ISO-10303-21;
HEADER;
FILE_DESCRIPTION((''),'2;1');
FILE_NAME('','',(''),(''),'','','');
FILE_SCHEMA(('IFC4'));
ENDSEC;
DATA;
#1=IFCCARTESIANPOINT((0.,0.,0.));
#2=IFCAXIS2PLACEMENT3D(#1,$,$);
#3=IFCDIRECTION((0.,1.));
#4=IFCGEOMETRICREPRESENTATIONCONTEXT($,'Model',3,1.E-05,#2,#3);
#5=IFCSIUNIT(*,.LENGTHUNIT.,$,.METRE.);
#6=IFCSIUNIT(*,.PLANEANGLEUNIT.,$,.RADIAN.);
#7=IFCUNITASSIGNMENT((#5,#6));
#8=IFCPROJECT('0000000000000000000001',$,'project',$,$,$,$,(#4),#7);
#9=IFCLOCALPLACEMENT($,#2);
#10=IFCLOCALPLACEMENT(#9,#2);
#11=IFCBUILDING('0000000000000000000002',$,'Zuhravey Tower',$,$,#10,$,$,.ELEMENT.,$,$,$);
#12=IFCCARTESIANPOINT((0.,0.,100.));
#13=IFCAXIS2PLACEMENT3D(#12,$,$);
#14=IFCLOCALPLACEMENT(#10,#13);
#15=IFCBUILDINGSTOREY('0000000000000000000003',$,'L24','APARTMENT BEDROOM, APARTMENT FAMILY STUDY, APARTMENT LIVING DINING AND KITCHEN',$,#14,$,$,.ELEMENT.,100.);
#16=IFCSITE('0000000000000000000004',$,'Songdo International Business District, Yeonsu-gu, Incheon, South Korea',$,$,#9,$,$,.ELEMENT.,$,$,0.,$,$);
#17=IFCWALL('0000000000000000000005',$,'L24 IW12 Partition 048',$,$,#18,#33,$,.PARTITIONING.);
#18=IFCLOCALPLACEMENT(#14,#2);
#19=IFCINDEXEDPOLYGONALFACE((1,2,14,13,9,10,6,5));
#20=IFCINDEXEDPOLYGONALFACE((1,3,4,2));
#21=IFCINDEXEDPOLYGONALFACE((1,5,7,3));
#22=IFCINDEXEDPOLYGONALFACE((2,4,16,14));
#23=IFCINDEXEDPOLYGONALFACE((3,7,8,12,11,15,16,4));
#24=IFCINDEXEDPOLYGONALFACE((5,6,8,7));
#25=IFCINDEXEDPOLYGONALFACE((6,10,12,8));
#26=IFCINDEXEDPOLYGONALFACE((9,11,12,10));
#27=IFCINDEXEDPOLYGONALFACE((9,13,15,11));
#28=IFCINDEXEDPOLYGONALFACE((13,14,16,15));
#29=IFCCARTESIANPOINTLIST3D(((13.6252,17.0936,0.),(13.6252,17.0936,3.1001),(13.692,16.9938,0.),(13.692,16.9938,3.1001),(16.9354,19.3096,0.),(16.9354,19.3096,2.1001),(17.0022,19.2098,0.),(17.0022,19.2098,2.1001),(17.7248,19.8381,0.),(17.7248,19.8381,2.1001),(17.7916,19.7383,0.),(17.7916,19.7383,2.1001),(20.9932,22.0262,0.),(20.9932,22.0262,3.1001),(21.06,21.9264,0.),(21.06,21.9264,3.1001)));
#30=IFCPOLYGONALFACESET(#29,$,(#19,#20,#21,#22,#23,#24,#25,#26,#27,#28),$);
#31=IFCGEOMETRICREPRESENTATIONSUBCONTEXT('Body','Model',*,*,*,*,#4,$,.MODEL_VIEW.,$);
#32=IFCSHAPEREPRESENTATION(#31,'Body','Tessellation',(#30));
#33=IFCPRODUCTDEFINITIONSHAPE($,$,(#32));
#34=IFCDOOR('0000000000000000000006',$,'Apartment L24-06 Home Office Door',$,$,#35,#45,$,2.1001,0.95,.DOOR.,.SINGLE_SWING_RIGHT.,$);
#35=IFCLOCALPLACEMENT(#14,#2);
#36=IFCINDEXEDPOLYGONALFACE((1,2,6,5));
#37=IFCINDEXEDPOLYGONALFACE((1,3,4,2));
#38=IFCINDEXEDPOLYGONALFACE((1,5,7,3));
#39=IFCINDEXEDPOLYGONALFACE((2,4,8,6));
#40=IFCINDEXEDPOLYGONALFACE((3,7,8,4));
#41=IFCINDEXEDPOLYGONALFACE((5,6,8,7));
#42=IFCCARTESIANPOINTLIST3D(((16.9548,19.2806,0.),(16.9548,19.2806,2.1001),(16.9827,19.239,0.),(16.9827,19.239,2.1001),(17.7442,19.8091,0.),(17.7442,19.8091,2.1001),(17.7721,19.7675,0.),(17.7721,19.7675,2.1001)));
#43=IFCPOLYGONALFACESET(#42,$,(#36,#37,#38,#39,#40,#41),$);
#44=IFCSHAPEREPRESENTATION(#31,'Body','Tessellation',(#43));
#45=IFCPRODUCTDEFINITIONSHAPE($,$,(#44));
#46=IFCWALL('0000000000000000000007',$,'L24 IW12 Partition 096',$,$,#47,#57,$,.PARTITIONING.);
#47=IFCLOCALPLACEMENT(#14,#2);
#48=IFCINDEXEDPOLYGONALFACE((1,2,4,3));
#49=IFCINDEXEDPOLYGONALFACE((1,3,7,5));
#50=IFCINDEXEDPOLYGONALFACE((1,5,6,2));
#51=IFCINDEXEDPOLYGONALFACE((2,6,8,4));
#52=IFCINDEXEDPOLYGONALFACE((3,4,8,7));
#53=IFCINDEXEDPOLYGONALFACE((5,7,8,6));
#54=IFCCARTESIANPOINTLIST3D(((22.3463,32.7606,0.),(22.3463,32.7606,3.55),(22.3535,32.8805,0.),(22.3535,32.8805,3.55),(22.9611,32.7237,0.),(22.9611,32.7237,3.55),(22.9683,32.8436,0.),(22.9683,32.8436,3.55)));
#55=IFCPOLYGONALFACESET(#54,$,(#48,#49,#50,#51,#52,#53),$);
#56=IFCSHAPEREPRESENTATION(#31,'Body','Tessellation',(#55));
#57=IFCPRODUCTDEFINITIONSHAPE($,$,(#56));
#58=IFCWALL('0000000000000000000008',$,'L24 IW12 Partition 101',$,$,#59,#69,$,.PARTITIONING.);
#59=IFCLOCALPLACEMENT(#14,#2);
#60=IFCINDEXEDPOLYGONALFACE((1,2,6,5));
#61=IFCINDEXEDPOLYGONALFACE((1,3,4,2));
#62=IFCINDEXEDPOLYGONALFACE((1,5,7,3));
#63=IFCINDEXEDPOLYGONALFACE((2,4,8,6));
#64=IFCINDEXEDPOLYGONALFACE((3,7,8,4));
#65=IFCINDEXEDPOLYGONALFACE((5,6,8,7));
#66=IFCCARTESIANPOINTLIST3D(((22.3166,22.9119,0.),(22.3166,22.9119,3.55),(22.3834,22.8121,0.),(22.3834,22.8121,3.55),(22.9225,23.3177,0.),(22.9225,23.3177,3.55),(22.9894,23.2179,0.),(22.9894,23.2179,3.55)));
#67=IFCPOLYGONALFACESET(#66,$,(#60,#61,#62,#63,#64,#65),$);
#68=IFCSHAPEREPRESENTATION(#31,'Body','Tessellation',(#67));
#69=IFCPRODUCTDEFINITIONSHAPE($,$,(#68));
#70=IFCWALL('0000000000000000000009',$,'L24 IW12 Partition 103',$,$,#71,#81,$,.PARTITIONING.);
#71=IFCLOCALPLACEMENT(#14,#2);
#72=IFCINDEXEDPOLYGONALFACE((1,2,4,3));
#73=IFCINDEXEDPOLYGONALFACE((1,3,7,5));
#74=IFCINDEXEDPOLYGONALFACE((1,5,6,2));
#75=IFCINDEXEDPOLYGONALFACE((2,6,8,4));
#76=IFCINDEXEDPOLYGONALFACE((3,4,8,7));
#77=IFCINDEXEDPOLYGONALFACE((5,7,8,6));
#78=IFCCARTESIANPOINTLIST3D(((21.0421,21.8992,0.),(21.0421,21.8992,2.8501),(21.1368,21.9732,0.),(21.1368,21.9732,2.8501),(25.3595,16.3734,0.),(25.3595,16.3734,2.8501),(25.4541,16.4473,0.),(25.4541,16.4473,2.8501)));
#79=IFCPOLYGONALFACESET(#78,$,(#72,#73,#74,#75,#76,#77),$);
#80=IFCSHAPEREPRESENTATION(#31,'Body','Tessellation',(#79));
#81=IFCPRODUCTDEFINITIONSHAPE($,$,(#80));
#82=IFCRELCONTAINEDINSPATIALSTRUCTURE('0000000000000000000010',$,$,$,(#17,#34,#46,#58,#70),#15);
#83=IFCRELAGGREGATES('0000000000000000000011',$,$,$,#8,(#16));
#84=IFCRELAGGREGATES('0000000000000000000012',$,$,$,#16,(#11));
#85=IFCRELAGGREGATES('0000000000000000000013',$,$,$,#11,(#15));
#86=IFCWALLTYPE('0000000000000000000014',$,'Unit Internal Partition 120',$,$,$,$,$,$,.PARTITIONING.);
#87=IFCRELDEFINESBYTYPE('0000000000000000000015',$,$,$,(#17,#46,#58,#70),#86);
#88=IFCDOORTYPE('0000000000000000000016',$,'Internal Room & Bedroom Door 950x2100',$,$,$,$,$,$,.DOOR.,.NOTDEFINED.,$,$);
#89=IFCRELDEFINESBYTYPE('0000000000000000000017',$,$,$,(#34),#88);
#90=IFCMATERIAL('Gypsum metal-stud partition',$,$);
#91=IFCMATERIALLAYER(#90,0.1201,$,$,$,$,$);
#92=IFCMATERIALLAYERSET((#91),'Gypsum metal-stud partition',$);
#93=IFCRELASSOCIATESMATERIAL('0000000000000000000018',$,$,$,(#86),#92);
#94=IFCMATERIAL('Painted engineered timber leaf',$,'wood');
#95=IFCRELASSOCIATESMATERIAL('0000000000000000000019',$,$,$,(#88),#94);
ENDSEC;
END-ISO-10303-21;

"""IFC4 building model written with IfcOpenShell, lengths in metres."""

from ifc_helpers import new_model, si_unit, direction, frame, frame_2d, origin, place, context, subcontext, project, spatial, rectangle, extrude, material, layer, layer_set, type_object, element, fill, save


model = new_model("IFC4")

# Units and contexts
model_context = context("Model", 3, precision=1e-05, world=origin(), true_north=direction((0.0, 1.0)))
body_context = subcontext(model_context, "Body", "Model", "MODEL_VIEW")
ifc_project = project(units=[si_unit("LENGTHUNIT", "METRE"), si_unit("PLANEANGLEUNIT", "RADIAN")], contexts=[model_context])

# Site, building, storey
site_placement = place(None, origin())
site = spatial("IfcSite", under=ifc_project, at=site_placement, Name="Songdo International Business District, Yeonsu-gu, Incheon, South Korea", CompositionType="ELEMENT", RefElevation=0.0)
building_placement = place(site_placement, origin())
building = spatial("IfcBuilding", under=site, at=building_placement, Name="Zuhravey Tower", CompositionType="ELEMENT")
storey_placement = place(building_placement, frame((0.0, 0.0, 100.0)))
storey = spatial("IfcBuildingStorey", under=building, at=storey_placement, Name="L24", Description="APARTMENT BEDROOM, APARTMENT FAMILY STUDY, APARTMENT LIVING DINING AND KITCHEN", CompositionType="ELEMENT", Elevation=100.0)

# Wall, opening, door
ifc_material_1 = material(Name="Gypsum metal-stud partition")
ifc_layer_1 = layer(ifc_material_1, 0.1201)
ifc_layer_set_1 = layer_set([ifc_layer_1], Name="Gypsum metal-stud partition")
wall_type_1 = type_object("IfcWallType", Name="Unit Internal Partition 120", PredefinedType="PARTITIONING", material=ifc_layer_set_1)
wall_1_placement = place(storey_placement, frame((21.0266, 21.9763, 0.0), z_axis=(0.0, 0.0, 1.0), x_axis=(-0.830973, -0.556313, 0.0)))
wall_1 = element("IfcWall", 1, at=wall_1_placement, inside=storey, type_object=wall_type_1, Name="L24 IW12 Partition 048", PredefinedType="PARTITIONING", context=body_context, shape_type="SweptSolid", body=[
    extrude(rectangle(XDim=8.8667, YDim=0.1201, at=frame_2d((4.4333, 0.0))), origin(), (0.0, 0.0, 1.0), 3.1001),
])
opening_1_placement = place(wall_1_placement, frame((3.9331, 0.0, 0.0)))
opening_1 = element("IfcOpeningElement", 2, at=opening_1_placement, cuts=wall_1, PredefinedType="OPENING", context=body_context, shape_type="SweptSolid", body=[
    extrude(rectangle(XDim=0.95, YDim=2.1001, at=frame_2d((0.4751, 1.05))), frame((0.0, 0.072, 0.0), z_axis=(0.0, -1.0, 0.0), x_axis=(1.0, 0.0, 0.0)), (0.0, 0.0, 1.0), 0.144),
])
ifc_material_2 = material(Name="Painted engineered timber leaf", Category="wood")
door_type_1 = type_object("IfcDoorType", Name="Internal Room & Bedroom Door 950x2100", OperationType="NOTDEFINED", PredefinedType="DOOR", material=ifc_material_2)
door_1_placement = place(opening_1_placement, origin())
door_1 = element("IfcDoor", 3, at=door_1_placement, inside=storey, type_object=door_type_1, Name="Apartment L24-06 Home Office Door", OperationType="SINGLE_SWING_RIGHT", OverallHeight=2.1001, OverallWidth=0.95, PredefinedType="DOOR", context=body_context, shape_type="SweptSolid", body=[
    extrude(rectangle(XDim=0.95, YDim=2.1001, at=frame_2d((0.4751, 1.05))), frame((0.0, 0.0249, 0.0), z_axis=(0.0, -1.0, 0.0), x_axis=(1.0, 0.0, 0.0)), (0.0, 0.0, 1.0), 0.05),
])
fill(opening_1, door_1)

# Walls
wall_2_placement = place(storey_placement, frame((22.9648, 32.7837, 0.0), z_axis=(0.0, 0.0, 1.0), x_axis=(-0.998207, 0.059861, 0.0)))
element("IfcWall", 4, at=wall_2_placement, inside=storey, type_object=wall_type_1, Name="L24 IW12 Partition 096", PredefinedType="PARTITIONING", context=body_context, shape_type="SweptSolid", body=[
    extrude(rectangle(XDim=0.616, YDim=0.1201, at=frame_2d((0.3081, 0.0))), origin(), (0.0, 0.0, 1.0), 3.55),
])
wall_3_placement = place(storey_placement, frame((22.9561, 23.2678, 0.0), z_axis=(0.0, 0.0, 1.0), x_axis=(-0.830915, -0.556399, 0.0)))
element("IfcWall", 5, at=wall_3_placement, inside=storey, type_object=wall_type_1, Name="L24 IW12 Partition 101", PredefinedType="PARTITIONING", context=body_context, shape_type="SweptSolid", body=[
    extrude(rectangle(XDim=0.7292, YDim=0.1201, at=frame_2d((0.3647, 0.0))), origin(), (0.0, 0.0, 1.0), 3.55),
])
wall_4_placement = place(storey_placement, frame((21.0894, 21.9363, 0.0), z_axis=(0.0, 0.0, 1.0), x_axis=(0.61567, -0.788004, 0.0)))
element("IfcWall", 6, at=wall_4_placement, inside=storey, type_object=wall_type_1, Name="L24 IW12 Partition 103", PredefinedType="PARTITIONING", context=body_context, shape_type="SweptSolid", body=[
    extrude(rectangle(XDim=7.0125, YDim=0.1201, at=frame_2d((3.5063, 0.0))), origin(), (0.0, 0.0, 1.0), 2.8501),
])

save(model, "model.ifc")
